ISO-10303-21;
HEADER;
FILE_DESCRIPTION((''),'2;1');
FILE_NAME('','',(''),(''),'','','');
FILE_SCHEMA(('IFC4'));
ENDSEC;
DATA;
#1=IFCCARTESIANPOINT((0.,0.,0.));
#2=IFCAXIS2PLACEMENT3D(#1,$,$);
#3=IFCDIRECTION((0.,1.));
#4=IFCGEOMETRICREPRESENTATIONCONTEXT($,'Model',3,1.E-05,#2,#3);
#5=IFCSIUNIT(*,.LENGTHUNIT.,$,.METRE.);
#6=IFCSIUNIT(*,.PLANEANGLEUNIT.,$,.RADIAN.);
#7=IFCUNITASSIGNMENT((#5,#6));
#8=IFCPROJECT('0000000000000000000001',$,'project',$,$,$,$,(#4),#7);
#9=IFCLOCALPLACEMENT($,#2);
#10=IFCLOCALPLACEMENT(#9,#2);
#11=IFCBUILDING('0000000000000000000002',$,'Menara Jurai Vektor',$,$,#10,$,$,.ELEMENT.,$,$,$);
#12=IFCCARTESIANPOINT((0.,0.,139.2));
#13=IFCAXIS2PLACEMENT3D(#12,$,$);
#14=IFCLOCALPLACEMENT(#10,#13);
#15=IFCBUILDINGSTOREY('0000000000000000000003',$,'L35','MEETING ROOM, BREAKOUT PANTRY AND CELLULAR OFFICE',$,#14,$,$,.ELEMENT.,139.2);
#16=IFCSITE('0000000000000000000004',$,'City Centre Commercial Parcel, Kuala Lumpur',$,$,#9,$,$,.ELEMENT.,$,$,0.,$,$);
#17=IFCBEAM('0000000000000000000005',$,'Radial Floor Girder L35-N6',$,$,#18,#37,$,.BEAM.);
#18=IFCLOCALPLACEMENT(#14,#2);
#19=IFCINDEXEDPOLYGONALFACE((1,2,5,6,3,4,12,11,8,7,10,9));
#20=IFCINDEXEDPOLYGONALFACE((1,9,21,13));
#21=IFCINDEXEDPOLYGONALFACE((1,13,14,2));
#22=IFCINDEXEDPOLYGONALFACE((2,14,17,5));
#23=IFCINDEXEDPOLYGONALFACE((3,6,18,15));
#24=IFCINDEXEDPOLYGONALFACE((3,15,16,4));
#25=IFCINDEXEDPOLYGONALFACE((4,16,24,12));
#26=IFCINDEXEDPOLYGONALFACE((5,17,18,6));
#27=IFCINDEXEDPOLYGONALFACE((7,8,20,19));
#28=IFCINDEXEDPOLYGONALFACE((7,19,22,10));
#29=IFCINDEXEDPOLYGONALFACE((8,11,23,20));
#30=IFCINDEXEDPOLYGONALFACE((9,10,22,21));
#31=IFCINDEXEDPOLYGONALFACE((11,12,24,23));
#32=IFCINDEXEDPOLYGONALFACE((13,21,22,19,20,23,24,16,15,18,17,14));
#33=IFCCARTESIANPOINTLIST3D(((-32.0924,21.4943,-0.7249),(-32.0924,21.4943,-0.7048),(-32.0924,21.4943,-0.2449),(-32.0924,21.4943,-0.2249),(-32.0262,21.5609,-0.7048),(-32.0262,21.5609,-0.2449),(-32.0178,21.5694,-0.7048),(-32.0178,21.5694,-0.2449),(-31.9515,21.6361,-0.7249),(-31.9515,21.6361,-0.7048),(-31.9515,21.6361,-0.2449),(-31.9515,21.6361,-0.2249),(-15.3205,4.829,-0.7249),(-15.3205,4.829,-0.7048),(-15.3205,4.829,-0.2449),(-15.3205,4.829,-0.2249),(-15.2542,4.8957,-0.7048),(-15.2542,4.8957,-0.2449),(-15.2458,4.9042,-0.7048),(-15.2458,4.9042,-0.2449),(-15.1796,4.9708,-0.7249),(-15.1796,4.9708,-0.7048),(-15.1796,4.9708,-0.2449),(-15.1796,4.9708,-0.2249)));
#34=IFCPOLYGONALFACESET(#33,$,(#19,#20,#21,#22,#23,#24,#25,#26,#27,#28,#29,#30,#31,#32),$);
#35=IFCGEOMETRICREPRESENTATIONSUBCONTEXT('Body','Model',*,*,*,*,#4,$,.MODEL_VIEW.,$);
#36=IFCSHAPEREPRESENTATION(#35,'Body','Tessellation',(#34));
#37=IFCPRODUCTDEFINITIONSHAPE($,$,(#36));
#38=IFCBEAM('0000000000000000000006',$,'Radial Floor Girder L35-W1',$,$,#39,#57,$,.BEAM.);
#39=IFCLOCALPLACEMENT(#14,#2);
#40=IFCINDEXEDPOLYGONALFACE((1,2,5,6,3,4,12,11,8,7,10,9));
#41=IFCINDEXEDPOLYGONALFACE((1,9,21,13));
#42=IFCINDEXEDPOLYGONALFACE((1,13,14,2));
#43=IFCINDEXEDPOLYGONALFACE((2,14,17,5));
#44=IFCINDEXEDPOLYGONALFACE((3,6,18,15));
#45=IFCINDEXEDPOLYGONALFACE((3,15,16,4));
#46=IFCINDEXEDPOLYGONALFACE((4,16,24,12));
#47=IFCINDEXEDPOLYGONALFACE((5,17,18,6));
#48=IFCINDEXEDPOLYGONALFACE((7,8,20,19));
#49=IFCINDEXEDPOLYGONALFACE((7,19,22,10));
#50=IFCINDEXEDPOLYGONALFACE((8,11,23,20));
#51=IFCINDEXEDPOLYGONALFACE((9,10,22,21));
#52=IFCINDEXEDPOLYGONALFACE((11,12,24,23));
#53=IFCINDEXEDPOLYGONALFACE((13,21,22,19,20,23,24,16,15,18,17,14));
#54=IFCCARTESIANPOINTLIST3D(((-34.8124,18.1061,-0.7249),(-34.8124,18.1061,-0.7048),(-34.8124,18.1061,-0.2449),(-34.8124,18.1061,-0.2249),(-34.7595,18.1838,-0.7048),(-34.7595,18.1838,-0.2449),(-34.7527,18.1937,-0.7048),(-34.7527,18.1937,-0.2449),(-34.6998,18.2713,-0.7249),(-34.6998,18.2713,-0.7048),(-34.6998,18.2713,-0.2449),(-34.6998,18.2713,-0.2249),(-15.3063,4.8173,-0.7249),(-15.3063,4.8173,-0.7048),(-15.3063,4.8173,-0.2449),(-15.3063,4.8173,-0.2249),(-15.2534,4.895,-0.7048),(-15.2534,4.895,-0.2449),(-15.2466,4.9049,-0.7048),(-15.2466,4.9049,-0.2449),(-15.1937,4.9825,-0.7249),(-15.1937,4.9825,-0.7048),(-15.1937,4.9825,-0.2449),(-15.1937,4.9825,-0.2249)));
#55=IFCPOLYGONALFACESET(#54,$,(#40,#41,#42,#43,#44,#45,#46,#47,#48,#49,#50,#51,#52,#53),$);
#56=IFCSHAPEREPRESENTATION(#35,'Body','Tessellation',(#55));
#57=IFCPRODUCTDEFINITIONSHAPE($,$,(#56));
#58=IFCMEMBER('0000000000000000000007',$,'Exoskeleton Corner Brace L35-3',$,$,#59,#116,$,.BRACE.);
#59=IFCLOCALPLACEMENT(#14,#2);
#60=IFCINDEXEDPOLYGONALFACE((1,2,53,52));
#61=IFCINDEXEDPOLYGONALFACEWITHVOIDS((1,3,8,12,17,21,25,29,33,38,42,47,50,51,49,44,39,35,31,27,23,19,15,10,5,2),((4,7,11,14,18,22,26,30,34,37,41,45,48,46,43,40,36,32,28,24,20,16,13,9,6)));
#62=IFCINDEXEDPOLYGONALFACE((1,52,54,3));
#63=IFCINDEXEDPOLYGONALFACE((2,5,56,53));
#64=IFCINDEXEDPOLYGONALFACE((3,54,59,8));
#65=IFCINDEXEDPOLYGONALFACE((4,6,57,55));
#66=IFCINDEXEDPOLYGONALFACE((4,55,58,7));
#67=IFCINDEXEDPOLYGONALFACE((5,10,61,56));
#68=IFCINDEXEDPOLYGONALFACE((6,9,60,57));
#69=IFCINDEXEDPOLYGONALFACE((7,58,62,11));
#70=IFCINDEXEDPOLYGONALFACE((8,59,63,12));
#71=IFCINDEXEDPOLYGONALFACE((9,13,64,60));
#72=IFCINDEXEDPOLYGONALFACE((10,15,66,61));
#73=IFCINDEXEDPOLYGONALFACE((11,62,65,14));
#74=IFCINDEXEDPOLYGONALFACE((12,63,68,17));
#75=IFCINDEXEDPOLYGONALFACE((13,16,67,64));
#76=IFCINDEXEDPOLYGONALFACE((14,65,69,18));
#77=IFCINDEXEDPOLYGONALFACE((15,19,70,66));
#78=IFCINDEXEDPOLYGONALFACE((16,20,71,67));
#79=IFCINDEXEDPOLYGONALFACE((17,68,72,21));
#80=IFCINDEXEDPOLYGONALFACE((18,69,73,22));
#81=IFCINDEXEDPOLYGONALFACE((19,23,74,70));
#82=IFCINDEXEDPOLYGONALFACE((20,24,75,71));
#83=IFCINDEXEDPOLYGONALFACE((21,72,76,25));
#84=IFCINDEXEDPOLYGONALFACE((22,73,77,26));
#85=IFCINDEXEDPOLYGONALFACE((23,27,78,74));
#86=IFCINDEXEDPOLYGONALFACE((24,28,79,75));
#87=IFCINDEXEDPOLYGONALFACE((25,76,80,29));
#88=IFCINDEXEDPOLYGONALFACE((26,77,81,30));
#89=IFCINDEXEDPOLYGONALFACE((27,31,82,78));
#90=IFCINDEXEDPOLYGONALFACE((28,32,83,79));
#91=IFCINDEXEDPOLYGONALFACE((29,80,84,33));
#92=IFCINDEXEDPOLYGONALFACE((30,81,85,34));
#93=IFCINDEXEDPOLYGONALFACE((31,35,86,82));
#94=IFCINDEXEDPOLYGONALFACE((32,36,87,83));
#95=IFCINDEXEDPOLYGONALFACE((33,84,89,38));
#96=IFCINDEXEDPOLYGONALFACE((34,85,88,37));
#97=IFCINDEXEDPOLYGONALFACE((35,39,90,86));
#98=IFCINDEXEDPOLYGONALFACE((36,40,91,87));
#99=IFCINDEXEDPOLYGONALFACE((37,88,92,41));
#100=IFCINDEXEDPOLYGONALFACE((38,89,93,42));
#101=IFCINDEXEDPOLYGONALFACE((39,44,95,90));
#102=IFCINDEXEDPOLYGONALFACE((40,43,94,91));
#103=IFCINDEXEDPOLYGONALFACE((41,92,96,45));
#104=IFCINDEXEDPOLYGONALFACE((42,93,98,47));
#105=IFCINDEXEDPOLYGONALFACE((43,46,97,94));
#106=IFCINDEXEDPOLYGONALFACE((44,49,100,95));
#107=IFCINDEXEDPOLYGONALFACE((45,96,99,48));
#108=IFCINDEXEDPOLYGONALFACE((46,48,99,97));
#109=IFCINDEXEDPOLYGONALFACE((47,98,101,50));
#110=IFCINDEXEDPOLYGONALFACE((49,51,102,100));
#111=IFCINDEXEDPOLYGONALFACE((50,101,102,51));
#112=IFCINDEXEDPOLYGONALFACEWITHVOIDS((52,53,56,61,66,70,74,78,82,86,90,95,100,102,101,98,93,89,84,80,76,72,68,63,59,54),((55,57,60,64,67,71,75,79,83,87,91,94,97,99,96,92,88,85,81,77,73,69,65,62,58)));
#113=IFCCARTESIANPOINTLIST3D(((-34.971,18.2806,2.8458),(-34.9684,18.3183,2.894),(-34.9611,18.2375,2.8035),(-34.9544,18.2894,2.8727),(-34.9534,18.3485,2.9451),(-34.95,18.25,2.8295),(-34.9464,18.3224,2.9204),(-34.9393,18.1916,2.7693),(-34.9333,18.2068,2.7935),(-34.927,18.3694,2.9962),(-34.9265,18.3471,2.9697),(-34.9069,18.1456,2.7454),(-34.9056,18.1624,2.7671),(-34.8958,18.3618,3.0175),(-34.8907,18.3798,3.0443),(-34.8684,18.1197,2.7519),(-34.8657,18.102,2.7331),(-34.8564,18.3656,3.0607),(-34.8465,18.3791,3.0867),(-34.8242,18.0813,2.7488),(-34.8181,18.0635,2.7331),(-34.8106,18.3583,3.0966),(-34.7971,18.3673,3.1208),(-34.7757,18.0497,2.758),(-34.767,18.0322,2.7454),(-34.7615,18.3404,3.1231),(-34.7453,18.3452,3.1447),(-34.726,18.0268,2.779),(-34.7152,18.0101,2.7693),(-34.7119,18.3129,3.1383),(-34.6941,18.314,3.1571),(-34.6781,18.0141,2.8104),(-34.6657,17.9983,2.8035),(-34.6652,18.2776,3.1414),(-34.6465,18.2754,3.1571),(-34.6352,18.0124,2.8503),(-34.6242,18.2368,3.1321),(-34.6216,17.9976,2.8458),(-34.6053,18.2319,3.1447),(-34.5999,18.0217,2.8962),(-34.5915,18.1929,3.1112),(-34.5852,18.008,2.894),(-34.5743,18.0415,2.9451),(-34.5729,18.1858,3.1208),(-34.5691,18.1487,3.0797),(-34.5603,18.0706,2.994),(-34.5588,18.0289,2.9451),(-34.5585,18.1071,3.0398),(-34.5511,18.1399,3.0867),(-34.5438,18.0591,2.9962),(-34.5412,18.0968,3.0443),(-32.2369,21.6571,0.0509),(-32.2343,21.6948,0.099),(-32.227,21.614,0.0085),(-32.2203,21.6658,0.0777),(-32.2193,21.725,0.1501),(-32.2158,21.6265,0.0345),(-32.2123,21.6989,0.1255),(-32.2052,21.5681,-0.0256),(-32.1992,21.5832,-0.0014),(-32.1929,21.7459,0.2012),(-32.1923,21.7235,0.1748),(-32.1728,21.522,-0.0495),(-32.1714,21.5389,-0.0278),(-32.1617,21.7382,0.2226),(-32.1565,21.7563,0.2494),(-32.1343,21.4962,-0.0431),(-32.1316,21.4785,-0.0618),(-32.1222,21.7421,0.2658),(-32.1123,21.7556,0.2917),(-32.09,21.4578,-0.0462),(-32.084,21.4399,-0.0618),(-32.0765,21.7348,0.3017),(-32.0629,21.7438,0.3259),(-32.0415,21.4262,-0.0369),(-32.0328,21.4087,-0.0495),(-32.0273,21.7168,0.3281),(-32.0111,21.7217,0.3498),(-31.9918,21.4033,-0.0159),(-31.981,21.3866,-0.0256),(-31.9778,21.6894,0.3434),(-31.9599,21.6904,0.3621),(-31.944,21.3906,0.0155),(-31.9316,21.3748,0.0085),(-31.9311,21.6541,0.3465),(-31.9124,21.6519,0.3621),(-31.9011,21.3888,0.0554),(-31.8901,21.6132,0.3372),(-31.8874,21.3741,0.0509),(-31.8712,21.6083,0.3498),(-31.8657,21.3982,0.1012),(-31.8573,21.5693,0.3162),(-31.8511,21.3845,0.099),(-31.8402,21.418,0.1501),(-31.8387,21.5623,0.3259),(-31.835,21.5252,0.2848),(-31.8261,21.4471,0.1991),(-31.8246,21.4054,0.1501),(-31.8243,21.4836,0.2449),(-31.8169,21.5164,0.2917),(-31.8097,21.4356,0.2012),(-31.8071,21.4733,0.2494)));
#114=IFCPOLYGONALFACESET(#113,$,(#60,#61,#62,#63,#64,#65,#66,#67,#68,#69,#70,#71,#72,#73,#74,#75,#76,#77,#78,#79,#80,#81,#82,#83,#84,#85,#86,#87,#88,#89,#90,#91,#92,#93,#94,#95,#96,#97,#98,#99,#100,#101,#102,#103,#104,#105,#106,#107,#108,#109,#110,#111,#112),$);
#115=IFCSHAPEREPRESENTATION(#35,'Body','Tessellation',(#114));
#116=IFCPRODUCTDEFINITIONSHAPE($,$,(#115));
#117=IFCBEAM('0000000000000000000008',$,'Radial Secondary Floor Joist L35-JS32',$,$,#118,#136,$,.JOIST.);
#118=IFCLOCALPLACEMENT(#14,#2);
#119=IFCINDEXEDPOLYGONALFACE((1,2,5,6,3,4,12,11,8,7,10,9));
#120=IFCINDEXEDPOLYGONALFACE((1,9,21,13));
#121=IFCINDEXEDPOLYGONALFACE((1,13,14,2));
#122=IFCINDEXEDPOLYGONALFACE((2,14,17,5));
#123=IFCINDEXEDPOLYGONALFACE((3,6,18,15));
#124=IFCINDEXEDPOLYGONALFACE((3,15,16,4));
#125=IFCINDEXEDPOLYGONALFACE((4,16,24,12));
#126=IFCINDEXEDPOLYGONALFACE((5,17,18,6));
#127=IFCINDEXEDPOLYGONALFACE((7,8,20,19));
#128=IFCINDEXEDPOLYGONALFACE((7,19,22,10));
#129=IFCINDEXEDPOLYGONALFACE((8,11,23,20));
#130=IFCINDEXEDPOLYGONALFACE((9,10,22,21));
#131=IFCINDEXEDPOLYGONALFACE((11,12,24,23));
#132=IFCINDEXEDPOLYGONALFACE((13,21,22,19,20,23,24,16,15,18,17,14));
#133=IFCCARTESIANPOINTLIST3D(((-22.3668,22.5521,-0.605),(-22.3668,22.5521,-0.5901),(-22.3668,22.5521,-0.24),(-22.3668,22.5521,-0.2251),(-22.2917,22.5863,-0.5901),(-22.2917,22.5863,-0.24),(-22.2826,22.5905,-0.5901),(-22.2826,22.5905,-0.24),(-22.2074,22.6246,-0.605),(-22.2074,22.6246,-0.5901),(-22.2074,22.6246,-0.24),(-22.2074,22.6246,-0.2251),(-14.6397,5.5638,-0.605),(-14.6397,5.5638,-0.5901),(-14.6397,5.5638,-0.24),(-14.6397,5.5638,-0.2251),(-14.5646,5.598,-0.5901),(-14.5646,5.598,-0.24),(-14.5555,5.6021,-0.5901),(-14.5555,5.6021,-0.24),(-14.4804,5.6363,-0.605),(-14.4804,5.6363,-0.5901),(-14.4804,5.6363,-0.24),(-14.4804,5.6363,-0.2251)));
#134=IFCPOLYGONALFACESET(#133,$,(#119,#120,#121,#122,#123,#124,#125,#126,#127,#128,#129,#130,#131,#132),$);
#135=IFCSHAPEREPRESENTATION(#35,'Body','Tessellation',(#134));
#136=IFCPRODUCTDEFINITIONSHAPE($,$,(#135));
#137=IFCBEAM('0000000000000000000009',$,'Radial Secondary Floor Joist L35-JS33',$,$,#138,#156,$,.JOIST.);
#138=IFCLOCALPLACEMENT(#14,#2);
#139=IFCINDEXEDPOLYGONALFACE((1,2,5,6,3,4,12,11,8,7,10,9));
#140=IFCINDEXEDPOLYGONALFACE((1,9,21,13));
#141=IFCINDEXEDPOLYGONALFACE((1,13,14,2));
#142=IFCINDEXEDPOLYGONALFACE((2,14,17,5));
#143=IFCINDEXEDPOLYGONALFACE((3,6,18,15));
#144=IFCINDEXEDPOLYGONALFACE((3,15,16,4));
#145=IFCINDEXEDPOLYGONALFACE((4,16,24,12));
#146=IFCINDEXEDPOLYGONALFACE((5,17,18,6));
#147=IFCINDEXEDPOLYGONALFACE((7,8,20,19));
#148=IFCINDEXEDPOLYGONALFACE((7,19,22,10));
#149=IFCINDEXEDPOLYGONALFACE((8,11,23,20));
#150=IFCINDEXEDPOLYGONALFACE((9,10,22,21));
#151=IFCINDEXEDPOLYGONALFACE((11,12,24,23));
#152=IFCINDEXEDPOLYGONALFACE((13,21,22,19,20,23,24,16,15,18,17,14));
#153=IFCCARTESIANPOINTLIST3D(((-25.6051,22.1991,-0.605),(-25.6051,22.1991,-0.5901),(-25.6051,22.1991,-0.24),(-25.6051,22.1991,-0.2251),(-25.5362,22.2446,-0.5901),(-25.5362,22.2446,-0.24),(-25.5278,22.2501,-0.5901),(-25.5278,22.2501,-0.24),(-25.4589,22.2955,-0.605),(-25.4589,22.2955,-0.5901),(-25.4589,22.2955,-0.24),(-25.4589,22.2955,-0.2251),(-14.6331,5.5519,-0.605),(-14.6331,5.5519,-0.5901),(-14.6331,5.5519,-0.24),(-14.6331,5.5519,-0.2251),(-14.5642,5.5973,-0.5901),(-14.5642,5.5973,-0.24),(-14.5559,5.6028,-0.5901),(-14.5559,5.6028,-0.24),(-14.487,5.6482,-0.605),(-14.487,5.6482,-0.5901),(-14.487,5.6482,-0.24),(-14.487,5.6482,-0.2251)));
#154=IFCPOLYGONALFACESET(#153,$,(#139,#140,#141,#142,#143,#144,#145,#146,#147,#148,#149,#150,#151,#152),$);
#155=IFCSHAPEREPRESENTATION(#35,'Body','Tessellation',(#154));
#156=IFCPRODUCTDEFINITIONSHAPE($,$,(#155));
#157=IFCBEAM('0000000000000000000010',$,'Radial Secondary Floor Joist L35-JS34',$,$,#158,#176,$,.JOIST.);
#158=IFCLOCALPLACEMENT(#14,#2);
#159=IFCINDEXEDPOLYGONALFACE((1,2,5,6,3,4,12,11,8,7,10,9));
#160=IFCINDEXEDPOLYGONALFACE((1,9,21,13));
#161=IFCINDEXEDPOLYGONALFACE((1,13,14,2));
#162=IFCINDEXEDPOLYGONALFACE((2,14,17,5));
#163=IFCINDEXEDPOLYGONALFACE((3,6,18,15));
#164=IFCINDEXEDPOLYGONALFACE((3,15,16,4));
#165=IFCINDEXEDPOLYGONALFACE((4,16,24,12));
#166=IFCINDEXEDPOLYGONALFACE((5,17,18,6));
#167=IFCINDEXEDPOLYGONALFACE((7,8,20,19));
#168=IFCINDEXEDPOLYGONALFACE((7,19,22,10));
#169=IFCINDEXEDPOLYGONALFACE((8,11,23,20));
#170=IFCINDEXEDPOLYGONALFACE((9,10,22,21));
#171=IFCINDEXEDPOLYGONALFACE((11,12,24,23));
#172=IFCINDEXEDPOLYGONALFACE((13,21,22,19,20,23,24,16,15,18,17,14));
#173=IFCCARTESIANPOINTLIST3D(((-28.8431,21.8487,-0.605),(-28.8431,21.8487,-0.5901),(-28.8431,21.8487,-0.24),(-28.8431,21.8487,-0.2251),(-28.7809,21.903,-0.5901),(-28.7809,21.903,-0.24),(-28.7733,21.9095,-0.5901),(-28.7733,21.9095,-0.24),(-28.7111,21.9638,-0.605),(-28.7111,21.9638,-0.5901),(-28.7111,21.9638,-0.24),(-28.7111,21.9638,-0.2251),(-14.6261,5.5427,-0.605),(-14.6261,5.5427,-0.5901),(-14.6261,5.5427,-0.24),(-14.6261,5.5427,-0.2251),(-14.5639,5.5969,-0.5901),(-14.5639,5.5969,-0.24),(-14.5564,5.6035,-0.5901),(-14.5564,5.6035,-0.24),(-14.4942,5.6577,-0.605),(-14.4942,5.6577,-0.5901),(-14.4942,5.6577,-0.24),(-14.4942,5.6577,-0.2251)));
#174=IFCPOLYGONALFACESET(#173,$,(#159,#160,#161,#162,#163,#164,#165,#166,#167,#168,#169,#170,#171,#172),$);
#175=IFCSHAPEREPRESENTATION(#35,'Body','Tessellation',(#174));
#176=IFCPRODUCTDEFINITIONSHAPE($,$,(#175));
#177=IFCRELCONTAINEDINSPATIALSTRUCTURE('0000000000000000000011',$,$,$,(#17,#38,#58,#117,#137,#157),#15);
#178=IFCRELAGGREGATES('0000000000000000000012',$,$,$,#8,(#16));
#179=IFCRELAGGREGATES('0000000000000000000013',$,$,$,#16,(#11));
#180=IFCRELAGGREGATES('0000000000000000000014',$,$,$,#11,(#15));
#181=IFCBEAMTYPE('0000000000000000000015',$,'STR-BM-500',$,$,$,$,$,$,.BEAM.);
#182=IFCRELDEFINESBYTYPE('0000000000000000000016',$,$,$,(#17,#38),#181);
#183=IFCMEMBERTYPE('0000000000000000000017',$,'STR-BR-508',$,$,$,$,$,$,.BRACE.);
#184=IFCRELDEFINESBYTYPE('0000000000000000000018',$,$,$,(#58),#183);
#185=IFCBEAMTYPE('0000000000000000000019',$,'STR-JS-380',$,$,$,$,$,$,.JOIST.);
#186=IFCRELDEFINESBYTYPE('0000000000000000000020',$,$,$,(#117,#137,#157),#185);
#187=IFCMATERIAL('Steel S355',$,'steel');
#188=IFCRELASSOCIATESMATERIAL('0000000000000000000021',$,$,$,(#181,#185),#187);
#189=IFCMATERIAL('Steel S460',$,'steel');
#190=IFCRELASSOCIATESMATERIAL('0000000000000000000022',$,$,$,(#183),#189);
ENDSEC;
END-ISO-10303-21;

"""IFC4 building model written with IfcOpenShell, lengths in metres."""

from ifc_helpers import new_model, si_unit, direction, frame, origin, origin_2d, place, context, subcontext, project, spatial, hollow_circle, i_section, extrude, material, material_profile, profile_set, type_object, element, save


model = new_model("IFC4")

# Units and contexts
model_context = context("Model", 3, precision=1e-05, world=origin(), true_north=direction((0.0, 1.0)))
body_context = subcontext(model_context, "Body", "Model", "MODEL_VIEW")
ifc_project = project(units=[si_unit("LENGTHUNIT", "METRE"), si_unit("PLANEANGLEUNIT", "RADIAN")], contexts=[model_context])

# Site, building, storey
site_placement = place(None, origin())
site = spatial("IfcSite", under=ifc_project, at=site_placement, Name="City Centre Commercial Parcel, Kuala Lumpur", CompositionType="ELEMENT", RefElevation=0.0)
building_placement = place(site_placement, origin())
building = spatial("IfcBuilding", under=site, at=building_placement, Name="Menara Jurai Vektor", CompositionType="ELEMENT")
storey_placement = place(building_placement, frame((0.0, 0.0, 139.2)))
storey = spatial("IfcBuildingStorey", under=building, at=storey_placement, Name="L35", Description="MEETING ROOM, BREAKOUT PANTRY AND CELLULAR OFFICE", CompositionType="ELEMENT", Elevation=139.2)

# Shared definitions
ifc_material_1 = material(Name="Steel S460", Category="steel")

# Beams
ifc_material_2 = material(Name="Steel S355", Category="steel")
ifc_material_profile_1 = material_profile(ifc_material_2, i_section(OverallWidth=0.2, OverallDepth=0.5, WebThickness=0.012, FlangeThickness=0.02, at=origin_2d()), Name="PG 500x200x96")
ifc_profile_set_1 = profile_set([ifc_material_profile_1], Name="Steel S355")
beam_type_1 = type_object("IfcBeamType", Name="STR-BM-500", PredefinedType="BEAM", material=ifc_profile_set_1)
beam_1_placement = place(storey_placement, frame((-32.022, 21.5652, -0.4749), z_axis=(0.709359, -0.704847, 0.0), x_axis=(0.704847, 0.709359, 0.0)))
element("IfcBeam", 1, at=beam_1_placement, inside=storey, type_object=beam_type_1, Name="Radial Floor Girder L35-N6", PredefinedType="BEAM", context=body_context, shape_type="SweptSolid", body=[
    extrude(i_section(OverallWidth=0.2, OverallDepth=0.5, WebThickness=0.012, FlangeThickness=0.02, at=origin_2d()), origin(), (0.0, 0.0, 1.0), 23.6438),
])
beam_2_placement = place(storey_placement, frame((-34.7561, 18.1887, -0.4749), z_axis=(0.82644, -0.563024, 0.0), x_axis=(0.563024, 0.82644, 0.0)))
element("IfcBeam", 2, at=beam_2_placement, inside=storey, type_object=beam_type_1, Name="Radial Floor Girder L35-W1", PredefinedType="BEAM", context=body_context, shape_type="SweptSolid", body=[
    extrude(i_section(OverallWidth=0.2, OverallDepth=0.5, WebThickness=0.012, FlangeThickness=0.02, at=origin_2d()), origin(), (0.0, 0.0, 1.0), 23.6025),
])

# Member
ifc_material_profile_2 = material_profile(ifc_material_1, hollow_circle(Radius=0.2539, WallThickness=0.02, at=origin_2d()), Name="CHS 508x20")
ifc_profile_set_2 = profile_set([ifc_material_profile_2], Name="Steel S460")
member_type_1 = type_object("IfcMemberType", Name="STR-BR-508", PredefinedType="BRACE", material=ifc_profile_set_2)
member_1_placement = place(storey_placement, frame((-32.022, 21.5652, 0.1501), z_axis=(-0.529255, -0.653593, 0.541022), x_axis=(0.777155, -0.62931, 0.0)))
element("IfcMember", 3, at=member_1_placement, inside=storey, type_object=member_type_1, Name="Exoskeleton Corner Brace L35-3", PredefinedType="BRACE", context=body_context, shape_type="SweptSolid", body=[
    extrude(hollow_circle(Radius=0.2539, WallThickness=0.02, at=origin_2d()), origin(), (0.0, 0.0, 1.0), 5.166),
])

# Beams
ifc_material_profile_3 = material_profile(ifc_material_2, i_section(OverallWidth=0.175, OverallDepth=0.3799, WebThickness=0.01, FlangeThickness=0.0149, at=origin_2d()), Name="PG 380x175x58")
ifc_profile_set_3 = profile_set([ifc_material_profile_3], Name="Steel S355")
beam_type_2 = type_object("IfcBeamType", Name="STR-JS-380", PredefinedType="JOIST", material=ifc_profile_set_3)
beam_3_placement = place(storey_placement, frame((-22.2871, 22.5884, -0.415), z_axis=(0.41403, -0.910263, 0.0), x_axis=(0.910263, 0.41403, 0.0)))
element("IfcBeam", 4, at=beam_3_placement, inside=storey, type_object=beam_type_2, Name="Radial Secondary Floor Joist L35-JS32", PredefinedType="JOIST", context=body_context, shape_type="SweptSolid", body=[
    extrude(i_section(OverallWidth=0.175, OverallDepth=0.3799, WebThickness=0.01, FlangeThickness=0.0149, at=origin_2d()), origin(), (0.0, 0.0, 1.0), 18.6631),
])
beam_4_placement = place(storey_placement, frame((-25.532, 22.2473, -0.415), z_axis=(0.55031, -0.834961, 0.0), x_axis=(0.834961, 0.55031, 0.0)))
element("IfcBeam", 5, at=beam_4_placement, inside=storey, type_object=beam_type_2, Name="Radial Secondary Floor Joist L35-JS33", PredefinedType="JOIST", context=body_context, shape_type="SweptSolid", body=[
    extrude(i_section(OverallWidth=0.175, OverallDepth=0.3799, WebThickness=0.01, FlangeThickness=0.0149, at=origin_2d()), origin(), (0.0, 0.0, 1.0), 19.9377),
])
beam_5_placement = place(storey_placement, frame((-28.7771, 21.9062, -0.415), z_axis=(0.657173, -0.75374, 0.0), x_axis=(0.75374, 0.657173, 0.0)))
element("IfcBeam", 6, at=beam_5_placement, inside=storey, type_object=beam_type_2, Name="Radial Secondary Floor Joist L35-JS34", PredefinedType="JOIST", context=body_context, shape_type="SweptSolid", body=[
    extrude(i_section(OverallWidth=0.175, OverallDepth=0.3799, WebThickness=0.01, FlangeThickness=0.0149, at=origin_2d()), origin(), (0.0, 0.0, 1.0), 21.6335),
])

save(model, "model.ifc")
